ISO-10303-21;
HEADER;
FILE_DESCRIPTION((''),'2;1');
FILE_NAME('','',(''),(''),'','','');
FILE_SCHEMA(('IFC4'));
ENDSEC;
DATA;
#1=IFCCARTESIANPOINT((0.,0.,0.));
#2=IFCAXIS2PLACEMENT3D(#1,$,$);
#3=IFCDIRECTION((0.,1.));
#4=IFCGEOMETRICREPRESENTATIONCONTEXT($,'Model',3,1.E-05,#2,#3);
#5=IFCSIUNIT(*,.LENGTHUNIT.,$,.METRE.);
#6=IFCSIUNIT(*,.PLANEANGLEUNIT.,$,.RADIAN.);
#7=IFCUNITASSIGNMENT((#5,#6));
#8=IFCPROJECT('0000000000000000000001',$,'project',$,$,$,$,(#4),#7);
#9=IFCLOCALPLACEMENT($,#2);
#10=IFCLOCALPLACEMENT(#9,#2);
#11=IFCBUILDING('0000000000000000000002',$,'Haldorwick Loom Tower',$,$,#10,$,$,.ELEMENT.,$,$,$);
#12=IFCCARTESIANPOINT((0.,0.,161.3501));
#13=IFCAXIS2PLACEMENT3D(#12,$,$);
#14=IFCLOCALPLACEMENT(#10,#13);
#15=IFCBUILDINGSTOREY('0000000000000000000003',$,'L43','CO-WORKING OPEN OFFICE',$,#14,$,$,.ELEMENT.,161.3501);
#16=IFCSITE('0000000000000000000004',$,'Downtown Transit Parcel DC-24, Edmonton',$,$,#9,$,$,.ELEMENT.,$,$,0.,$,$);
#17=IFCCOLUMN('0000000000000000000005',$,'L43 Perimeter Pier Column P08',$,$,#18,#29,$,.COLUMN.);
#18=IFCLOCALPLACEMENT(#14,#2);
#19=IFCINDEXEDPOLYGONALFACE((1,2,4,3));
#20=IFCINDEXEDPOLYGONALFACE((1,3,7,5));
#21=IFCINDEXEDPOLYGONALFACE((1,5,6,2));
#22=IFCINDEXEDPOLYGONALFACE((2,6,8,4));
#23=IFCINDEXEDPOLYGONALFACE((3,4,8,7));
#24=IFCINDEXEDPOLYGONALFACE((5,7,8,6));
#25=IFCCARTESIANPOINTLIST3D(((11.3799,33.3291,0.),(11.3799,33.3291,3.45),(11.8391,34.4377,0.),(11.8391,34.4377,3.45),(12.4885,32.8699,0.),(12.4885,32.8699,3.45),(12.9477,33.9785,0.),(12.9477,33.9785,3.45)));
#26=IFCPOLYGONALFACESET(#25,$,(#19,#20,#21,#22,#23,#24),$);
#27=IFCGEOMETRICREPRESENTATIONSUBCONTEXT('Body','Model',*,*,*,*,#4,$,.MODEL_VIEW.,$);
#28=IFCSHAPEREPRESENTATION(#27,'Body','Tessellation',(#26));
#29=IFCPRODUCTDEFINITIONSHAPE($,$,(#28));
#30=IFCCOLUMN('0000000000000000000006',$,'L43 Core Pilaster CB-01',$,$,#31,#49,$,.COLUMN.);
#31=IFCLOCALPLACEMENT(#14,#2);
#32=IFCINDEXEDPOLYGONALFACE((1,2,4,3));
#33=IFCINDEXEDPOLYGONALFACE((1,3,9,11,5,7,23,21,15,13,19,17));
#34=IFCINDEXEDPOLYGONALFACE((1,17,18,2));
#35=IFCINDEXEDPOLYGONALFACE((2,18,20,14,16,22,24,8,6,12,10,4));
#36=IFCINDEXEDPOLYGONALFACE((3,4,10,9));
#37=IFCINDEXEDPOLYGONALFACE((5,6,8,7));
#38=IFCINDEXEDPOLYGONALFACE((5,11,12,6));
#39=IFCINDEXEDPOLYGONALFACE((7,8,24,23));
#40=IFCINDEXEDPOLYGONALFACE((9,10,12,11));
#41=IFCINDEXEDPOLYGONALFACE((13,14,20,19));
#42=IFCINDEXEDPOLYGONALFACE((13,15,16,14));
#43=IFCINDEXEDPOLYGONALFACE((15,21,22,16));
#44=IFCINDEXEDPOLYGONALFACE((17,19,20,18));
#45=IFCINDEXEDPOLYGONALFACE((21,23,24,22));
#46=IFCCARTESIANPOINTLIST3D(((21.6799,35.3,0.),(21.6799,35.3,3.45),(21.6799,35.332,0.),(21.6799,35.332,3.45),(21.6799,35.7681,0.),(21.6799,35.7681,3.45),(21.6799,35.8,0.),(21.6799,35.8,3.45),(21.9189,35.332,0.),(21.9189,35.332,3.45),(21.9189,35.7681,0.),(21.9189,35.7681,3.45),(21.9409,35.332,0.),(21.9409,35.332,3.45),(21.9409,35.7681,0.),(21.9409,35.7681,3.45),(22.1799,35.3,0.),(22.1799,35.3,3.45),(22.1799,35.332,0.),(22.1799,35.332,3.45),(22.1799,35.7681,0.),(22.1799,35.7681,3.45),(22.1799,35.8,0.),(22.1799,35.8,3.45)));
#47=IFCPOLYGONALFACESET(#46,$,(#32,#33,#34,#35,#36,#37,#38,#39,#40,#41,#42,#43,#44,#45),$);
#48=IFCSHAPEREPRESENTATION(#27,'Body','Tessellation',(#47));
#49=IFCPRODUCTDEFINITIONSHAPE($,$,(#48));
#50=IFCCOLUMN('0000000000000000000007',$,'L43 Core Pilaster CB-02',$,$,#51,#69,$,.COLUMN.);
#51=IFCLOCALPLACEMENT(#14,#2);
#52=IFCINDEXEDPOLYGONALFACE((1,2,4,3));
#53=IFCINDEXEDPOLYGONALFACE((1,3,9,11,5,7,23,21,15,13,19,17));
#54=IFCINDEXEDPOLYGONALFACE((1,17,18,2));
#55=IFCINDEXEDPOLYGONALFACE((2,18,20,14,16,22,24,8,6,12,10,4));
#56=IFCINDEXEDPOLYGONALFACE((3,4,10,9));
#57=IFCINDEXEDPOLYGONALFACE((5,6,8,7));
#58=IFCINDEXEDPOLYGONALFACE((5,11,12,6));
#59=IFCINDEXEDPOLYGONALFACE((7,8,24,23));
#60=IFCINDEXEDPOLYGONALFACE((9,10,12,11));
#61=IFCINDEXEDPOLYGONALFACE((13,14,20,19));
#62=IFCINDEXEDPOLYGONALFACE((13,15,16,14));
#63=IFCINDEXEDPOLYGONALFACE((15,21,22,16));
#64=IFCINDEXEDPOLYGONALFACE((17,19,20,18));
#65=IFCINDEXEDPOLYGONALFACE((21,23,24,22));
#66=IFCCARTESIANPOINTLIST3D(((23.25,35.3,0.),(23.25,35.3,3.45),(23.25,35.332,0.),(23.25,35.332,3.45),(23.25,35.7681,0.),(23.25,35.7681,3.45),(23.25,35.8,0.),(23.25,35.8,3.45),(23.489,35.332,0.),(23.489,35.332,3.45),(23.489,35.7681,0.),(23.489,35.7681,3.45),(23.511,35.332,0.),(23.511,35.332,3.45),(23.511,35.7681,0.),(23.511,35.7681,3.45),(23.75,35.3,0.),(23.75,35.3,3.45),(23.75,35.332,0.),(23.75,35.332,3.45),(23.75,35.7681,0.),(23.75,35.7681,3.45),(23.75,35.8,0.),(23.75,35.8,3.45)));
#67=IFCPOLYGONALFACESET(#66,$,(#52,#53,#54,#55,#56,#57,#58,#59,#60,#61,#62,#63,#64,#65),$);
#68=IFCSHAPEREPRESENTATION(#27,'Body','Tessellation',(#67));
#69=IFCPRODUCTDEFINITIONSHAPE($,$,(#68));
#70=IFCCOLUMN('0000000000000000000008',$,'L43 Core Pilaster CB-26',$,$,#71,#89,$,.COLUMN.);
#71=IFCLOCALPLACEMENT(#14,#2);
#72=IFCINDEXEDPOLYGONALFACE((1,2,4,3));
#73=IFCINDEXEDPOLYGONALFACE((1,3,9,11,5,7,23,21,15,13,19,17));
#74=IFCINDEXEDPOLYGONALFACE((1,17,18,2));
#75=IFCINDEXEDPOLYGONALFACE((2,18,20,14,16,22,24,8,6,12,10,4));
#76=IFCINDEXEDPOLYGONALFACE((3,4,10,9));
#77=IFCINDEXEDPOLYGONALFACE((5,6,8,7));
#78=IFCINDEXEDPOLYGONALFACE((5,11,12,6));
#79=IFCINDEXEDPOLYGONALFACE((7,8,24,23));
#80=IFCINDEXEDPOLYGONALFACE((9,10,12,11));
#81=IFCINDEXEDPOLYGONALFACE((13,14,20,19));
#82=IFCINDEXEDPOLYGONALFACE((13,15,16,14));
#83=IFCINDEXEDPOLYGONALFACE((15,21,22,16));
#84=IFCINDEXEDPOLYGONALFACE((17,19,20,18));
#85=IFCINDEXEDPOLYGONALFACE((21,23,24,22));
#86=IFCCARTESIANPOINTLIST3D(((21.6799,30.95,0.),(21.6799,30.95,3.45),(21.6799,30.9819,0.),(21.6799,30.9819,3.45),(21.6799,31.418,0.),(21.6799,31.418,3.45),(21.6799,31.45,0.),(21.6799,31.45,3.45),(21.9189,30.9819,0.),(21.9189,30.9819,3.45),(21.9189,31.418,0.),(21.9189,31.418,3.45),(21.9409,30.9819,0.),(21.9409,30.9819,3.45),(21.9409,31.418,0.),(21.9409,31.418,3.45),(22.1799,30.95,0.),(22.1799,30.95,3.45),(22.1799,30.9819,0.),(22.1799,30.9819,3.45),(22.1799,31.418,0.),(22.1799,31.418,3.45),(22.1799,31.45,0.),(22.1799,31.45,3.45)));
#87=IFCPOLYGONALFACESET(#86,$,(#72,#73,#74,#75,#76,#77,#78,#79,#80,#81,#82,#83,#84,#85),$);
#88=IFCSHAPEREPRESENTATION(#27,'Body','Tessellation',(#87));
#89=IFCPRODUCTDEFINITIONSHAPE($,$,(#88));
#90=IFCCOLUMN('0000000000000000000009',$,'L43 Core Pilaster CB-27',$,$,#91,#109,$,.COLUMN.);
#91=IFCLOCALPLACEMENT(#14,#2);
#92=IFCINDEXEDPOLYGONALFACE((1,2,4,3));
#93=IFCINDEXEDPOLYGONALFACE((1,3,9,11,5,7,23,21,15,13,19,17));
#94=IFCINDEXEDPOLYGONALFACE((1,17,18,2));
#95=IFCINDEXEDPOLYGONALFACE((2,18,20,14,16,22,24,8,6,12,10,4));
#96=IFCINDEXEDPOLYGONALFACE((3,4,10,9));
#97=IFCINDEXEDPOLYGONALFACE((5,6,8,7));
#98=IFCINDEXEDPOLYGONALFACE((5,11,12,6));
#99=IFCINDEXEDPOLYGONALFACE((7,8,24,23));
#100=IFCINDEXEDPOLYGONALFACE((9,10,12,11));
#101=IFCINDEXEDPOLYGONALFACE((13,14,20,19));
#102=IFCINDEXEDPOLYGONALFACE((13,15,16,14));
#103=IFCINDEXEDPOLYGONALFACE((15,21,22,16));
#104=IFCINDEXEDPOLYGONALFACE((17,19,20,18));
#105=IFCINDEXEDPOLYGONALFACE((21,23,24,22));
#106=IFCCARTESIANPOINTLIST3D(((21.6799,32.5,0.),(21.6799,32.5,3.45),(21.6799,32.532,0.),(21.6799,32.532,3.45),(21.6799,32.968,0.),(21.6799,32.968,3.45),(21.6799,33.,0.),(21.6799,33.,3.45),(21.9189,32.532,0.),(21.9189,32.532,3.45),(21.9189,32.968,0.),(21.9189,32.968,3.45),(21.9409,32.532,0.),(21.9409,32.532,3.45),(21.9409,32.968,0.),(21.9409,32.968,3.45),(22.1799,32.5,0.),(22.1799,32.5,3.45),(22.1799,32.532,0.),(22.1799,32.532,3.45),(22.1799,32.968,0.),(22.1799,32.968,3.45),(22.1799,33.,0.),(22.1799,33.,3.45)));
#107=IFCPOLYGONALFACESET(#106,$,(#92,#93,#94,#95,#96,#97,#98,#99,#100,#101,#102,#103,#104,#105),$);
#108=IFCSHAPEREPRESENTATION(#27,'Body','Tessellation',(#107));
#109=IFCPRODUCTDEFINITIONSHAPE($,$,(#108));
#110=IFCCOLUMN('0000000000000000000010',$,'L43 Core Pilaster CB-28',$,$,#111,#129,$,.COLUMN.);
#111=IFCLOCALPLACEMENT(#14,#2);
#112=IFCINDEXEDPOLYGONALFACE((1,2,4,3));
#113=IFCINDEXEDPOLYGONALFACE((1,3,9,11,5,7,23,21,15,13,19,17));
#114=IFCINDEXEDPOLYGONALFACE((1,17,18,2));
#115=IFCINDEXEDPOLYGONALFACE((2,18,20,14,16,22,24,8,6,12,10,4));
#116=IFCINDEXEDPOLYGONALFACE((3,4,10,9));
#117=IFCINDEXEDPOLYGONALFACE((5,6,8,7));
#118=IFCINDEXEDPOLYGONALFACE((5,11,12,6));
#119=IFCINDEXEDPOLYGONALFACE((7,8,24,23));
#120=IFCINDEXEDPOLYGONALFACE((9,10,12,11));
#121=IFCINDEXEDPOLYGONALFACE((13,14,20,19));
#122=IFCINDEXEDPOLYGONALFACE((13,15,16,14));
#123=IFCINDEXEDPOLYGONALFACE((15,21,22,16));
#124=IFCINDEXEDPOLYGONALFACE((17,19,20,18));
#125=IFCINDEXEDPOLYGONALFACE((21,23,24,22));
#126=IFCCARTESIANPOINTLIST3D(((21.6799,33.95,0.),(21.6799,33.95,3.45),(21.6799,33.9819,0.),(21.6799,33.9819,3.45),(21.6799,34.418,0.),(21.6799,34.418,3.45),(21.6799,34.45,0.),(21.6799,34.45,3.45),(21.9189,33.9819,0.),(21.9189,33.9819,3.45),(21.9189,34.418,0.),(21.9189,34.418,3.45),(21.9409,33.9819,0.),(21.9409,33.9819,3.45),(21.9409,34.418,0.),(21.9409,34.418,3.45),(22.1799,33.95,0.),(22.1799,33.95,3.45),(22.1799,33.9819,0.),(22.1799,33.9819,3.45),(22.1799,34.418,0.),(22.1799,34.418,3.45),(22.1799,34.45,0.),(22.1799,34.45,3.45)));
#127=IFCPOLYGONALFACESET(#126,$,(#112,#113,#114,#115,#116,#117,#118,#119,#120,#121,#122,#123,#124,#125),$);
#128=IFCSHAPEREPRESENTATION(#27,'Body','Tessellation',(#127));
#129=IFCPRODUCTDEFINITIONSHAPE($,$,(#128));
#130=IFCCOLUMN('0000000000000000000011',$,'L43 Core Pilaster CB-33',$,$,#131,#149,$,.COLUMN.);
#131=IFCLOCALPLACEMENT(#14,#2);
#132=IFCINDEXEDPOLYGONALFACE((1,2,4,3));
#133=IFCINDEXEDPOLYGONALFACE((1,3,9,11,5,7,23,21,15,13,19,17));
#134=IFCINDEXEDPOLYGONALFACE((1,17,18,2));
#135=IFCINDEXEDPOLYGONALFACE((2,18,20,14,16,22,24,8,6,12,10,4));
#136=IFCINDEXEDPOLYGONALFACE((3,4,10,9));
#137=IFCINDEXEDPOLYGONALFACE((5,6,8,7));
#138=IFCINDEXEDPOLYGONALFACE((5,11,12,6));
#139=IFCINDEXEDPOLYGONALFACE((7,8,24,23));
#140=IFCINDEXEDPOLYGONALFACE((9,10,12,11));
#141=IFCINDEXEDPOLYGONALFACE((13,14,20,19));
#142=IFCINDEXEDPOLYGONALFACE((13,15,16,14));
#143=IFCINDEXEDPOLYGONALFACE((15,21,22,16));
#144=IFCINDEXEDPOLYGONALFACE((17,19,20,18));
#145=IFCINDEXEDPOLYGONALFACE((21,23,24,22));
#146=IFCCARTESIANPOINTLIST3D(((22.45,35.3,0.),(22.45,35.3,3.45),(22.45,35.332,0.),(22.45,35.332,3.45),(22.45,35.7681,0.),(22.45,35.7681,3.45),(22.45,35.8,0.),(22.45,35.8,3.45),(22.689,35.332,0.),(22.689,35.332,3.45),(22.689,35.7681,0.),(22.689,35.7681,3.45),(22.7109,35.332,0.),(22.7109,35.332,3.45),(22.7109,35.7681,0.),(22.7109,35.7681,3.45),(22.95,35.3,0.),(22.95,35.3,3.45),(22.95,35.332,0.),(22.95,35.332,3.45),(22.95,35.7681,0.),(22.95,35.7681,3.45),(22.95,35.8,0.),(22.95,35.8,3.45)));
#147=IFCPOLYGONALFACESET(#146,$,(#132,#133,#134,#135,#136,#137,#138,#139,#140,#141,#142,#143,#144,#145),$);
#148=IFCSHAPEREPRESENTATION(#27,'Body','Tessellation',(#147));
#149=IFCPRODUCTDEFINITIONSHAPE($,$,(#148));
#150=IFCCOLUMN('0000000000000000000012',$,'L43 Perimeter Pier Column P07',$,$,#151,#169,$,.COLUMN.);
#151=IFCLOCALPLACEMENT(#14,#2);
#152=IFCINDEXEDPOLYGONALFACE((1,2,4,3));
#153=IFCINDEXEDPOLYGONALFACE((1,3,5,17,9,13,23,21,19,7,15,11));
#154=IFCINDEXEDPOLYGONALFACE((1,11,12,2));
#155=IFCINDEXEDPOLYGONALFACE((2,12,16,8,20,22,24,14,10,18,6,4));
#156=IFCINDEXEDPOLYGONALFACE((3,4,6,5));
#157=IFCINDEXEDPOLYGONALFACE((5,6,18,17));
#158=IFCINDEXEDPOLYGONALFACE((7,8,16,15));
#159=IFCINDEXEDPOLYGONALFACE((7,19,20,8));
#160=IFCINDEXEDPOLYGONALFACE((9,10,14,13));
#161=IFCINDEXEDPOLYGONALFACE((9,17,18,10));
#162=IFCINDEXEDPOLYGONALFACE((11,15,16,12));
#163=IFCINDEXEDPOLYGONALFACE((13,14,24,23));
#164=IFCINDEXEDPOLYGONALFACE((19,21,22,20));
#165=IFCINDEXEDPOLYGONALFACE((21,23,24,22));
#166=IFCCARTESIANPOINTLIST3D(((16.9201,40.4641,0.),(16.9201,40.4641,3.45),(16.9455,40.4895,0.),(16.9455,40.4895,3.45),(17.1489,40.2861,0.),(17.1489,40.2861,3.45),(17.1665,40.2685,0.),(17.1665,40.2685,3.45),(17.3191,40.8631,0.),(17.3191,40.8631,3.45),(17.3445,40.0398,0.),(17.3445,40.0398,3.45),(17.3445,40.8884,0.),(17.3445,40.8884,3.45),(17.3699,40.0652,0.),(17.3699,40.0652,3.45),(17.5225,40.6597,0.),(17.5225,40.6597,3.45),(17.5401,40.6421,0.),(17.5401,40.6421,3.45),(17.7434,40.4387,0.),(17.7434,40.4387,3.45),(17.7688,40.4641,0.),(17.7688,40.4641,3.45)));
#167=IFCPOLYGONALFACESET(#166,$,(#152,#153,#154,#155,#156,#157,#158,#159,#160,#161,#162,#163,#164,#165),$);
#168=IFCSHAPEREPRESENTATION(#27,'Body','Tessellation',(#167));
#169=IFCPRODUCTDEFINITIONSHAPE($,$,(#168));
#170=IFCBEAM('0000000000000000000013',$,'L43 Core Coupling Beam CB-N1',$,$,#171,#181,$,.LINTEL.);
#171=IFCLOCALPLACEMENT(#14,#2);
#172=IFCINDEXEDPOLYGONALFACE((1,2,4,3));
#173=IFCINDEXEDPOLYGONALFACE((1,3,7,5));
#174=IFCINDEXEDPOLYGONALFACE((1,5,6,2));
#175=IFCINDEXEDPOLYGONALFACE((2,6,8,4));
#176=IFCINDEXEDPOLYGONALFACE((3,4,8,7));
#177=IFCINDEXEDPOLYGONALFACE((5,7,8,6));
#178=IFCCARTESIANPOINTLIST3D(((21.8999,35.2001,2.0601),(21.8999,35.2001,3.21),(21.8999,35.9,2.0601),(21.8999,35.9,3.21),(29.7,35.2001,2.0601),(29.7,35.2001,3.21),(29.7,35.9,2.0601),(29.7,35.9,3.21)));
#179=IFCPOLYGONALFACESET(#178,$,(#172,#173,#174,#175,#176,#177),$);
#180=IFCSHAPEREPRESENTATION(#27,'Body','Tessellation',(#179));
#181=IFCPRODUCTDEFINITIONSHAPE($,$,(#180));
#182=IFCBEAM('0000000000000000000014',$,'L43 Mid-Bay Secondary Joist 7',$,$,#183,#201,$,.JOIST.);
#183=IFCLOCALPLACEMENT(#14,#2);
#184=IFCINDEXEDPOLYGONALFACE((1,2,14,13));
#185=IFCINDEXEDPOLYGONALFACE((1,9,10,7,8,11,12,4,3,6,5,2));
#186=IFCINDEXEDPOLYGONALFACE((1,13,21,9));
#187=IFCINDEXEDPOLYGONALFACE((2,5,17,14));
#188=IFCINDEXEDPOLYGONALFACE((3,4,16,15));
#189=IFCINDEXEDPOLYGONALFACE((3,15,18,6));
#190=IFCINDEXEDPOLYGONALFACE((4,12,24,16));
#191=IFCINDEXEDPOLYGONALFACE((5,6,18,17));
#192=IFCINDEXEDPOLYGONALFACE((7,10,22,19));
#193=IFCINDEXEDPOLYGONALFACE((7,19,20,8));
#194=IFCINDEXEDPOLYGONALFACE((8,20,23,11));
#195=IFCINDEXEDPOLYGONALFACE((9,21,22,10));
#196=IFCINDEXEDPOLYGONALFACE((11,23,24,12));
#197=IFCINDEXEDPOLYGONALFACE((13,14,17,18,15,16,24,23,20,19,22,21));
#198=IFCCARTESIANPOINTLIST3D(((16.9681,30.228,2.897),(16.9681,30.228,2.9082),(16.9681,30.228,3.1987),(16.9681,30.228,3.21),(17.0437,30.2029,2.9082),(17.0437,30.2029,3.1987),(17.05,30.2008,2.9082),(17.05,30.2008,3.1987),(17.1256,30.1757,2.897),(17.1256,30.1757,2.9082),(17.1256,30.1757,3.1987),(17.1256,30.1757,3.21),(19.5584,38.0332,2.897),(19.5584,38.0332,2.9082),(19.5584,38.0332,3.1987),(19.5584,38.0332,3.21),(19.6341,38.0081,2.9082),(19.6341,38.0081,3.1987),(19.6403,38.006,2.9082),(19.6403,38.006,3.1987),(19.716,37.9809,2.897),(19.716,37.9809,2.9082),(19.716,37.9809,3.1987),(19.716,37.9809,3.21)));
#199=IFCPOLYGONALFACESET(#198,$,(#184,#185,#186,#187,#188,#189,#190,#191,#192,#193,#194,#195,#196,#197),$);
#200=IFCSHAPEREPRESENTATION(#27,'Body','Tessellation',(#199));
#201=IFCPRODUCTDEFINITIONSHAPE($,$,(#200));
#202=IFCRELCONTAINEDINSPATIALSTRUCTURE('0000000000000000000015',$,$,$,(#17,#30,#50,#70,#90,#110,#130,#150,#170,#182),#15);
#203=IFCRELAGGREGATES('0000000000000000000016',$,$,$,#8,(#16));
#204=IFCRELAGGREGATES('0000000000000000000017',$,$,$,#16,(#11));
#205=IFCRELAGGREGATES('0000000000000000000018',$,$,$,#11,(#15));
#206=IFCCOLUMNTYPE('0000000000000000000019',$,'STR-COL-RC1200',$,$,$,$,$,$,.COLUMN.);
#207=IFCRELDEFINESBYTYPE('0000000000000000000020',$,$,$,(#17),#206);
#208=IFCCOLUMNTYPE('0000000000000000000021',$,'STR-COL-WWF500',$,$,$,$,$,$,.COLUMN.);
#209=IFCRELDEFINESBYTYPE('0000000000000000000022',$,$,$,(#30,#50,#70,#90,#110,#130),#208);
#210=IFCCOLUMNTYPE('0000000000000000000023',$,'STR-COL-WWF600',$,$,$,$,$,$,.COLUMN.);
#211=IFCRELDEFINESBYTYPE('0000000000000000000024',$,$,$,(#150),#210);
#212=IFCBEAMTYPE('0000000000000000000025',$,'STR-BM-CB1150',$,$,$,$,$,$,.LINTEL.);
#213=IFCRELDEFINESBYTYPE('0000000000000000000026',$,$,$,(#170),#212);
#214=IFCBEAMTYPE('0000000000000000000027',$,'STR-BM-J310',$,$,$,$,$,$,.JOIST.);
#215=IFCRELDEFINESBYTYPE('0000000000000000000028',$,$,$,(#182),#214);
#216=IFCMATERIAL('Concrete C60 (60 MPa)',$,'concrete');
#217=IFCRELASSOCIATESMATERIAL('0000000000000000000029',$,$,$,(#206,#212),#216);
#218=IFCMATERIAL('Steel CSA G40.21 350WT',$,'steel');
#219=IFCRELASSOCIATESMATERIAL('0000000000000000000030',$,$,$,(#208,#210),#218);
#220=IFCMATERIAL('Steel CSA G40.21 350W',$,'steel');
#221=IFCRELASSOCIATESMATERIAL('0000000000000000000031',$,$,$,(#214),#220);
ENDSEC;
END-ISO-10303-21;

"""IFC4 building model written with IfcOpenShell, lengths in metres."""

from ifc_helpers import new_model, si_unit, direction, frame, origin, origin_2d, place, context, subcontext, project, spatial, rectangle, i_section, extrude, material, material_profile, profile_set, type_object, element, save


model = new_model("IFC4")

# Units and contexts
model_context = context("Model", 3, precision=1e-05, world=origin(), true_north=direction((0.0, 1.0)))
body_context = subcontext(model_context, "Body", "Model", "MODEL_VIEW")
ifc_project = project(units=[si_unit("LENGTHUNIT", "METRE"), si_unit("PLANEANGLEUNIT", "RADIAN")], contexts=[model_context])

# Site, building, storey
site_placement = place(None, origin())
site = spatial("IfcSite", under=ifc_project, at=site_placement, Name="Downtown Transit Parcel DC-24, Edmonton", CompositionType="ELEMENT", RefElevation=0.0)
building_placement = place(site_placement, origin())
building = spatial("IfcBuilding", under=site, at=building_placement, Name="Haldorwick Loom Tower", CompositionType="ELEMENT")
storey_placement = place(building_placement, frame((0.0, 0.0, 161.3501)))
storey = spatial("IfcBuildingStorey", under=building, at=storey_placement, Name="L43", Description="CO-WORKING OPEN OFFICE", CompositionType="ELEMENT", Elevation=161.3501)

# Columns
ifc_material_1 = material(Name="Concrete C60 (60 MPa)", Category="concrete")
ifc_material_profile_1 = material_profile(ifc_material_1, rectangle(XDim=1.2, YDim=1.2, at=origin_2d()), Name="RC1200X1200", Category="concrete")
ifc_profile_set_1 = profile_set([ifc_material_profile_1], Name="Concrete C60 (60 MPa)")
column_type_1 = type_object("IfcColumnType", Name="STR-COL-RC1200", PredefinedType="COLUMN", material=ifc_profile_set_1)
column_1_placement = place(storey_placement, frame((12.1638, 33.6538, 0.0), z_axis=(0.0, 0.0, 1.0), x_axis=(-0.92388, 0.382683, 0.0)))
element("IfcColumn", 1, at=column_1_placement, inside=storey, type_object=column_type_1, Name="L43 Perimeter Pier Column P08", PredefinedType="COLUMN", context=body_context, shape_type="SweptSolid", body=[
    extrude(rectangle(XDim=1.2, YDim=1.2, at=origin_2d()), origin(), (0.0, 0.0, 1.0), 3.45),
])
ifc_material_2 = material(Name="Steel CSA G40.21 350WT", Category="steel")
ifc_material_profile_2 = material_profile(ifc_material_2, i_section(OverallWidth=0.5, OverallDepth=0.5, WebThickness=0.022, FlangeThickness=0.032, at=origin_2d()), Name="WWF500X500", Category="steel")
ifc_profile_set_2 = profile_set([ifc_material_profile_2], Name="Steel CSA G40.21 350WT")
column_type_2 = type_object("IfcColumnType", Name="STR-COL-WWF500", PredefinedType="COLUMN", material=ifc_profile_set_2)
for number, where, z_axis, x_axis, name in (
    (2, (21.9299, 35.55, 0.0), (0.0, 0.0, 1.0), (1.0, 0.0, 0.0), "L43 Core Pilaster CB-01"),
    (3, (23.5, 35.55, 0.0), (0.0, 0.0, 1.0), (1.0, 0.0, 0.0), "L43 Core Pilaster CB-02"),
    (4, (21.9299, 31.2, 0.0), (0.0, 0.0, 1.0), (1.0, 0.0, 0.0), "L43 Core Pilaster CB-26"),
    (5, (21.9299, 32.75, 0.0), (0.0, 0.0, 1.0), (1.0, 0.0, 0.0), "L43 Core Pilaster CB-27"),
    (6, (21.9299, 34.2, 0.0), (0.0, 0.0, 1.0), (1.0, 0.0, 0.0), "L43 Core Pilaster CB-28"),
    (7, (22.7, 35.55, 0.0), (0.0, 0.0, 1.0), (1.0, 0.0, 0.0), "L43 Core Pilaster CB-33"),
):
    element("IfcColumn", number, at=place(storey_placement, frame(where, z_axis=z_axis, x_axis=x_axis)), inside=storey, type_object=column_type_2, Name=name, PredefinedType="COLUMN", context=body_context, shape_type="SweptSolid", body=[
        extrude(i_section(OverallWidth=0.5, OverallDepth=0.5, WebThickness=0.022, FlangeThickness=0.032, at=origin_2d()), origin(), (0.0, 0.0, 1.0), 3.45),
    ])
ifc_material_profile_3 = material_profile(ifc_material_2, i_section(OverallWidth=0.6001, OverallDepth=0.6001, WebThickness=0.0249, FlangeThickness=0.0359, at=origin_2d()), Name="WWF600X600", Category="steel")
ifc_profile_set_3 = profile_set([ifc_material_profile_3], Name="Steel CSA G40.21 350WT")
column_type_3 = type_object("IfcColumnType", Name="STR-COL-WWF600", PredefinedType="COLUMN", material=ifc_profile_set_3)
column_2_placement = place(storey_placement, frame((17.3445, 40.4641, 0.0), z_axis=(0.0, 0.0, 1.0), x_axis=(-0.707107, 0.707107, 0.0)))
element("IfcColumn", 8, at=column_2_placement, inside=storey, type_object=column_type_3, Name="L43 Perimeter Pier Column P07", PredefinedType="COLUMN", context=body_context, shape_type="SweptSolid", body=[
    extrude(i_section(OverallWidth=0.6001, OverallDepth=0.6001, WebThickness=0.0249, FlangeThickness=0.0359, at=origin_2d()), origin(), (0.0, 0.0, 1.0), 3.45),
])

# Beams
ifc_material_profile_4 = material_profile(ifc_material_1, rectangle(XDim=0.7, YDim=1.1499, at=origin_2d()), Name="RC700X1150", Category="concrete")
ifc_profile_set_4 = profile_set([ifc_material_profile_4], Name="Concrete C60 (60 MPa)")
beam_type_1 = type_object("IfcBeamType", Name="STR-BM-CB1150", PredefinedType="LINTEL", material=ifc_profile_set_4)
beam_1_placement = place(storey_placement, frame((21.8999, 35.55, 2.635), z_axis=(1.0, 0.0, 0.0), x_axis=(0.0, 1.0, 0.0)))
element("IfcBeam", 9, at=beam_1_placement, inside=storey, type_object=beam_type_1, Name="L43 Core Coupling Beam CB-N1", PredefinedType="LINTEL", context=body_context, shape_type="SweptSolid", body=[
    extrude(rectangle(XDim=0.7, YDim=1.1499, at=origin_2d()), origin(), (0.0, 0.0, 1.0), 7.8),
])
ifc_material_3 = material(Name="Steel CSA G40.21 350W", Category="steel")
ifc_material_profile_5 = material_profile(ifc_material_3, i_section(OverallWidth=0.166, OverallDepth=0.313, WebThickness=0.0066, FlangeThickness=0.0112, at=origin_2d()), Name="W310X45", Category="steel")
ifc_profile_set_5 = profile_set([ifc_material_profile_5], Name="Steel CSA G40.21 350W")
beam_type_2 = type_object("IfcBeamType", Name="STR-BM-J310", PredefinedType="JOIST", material=ifc_profile_set_5)
beam_2_placement = place(storey_placement, frame((19.6372, 38.0071, 3.0535), z_axis=(-0.314981, -0.949098, 0.0), x_axis=(0.949098, -0.314981, 0.0)))
element("IfcBeam", 10, at=beam_2_placement, inside=storey, type_object=beam_type_2, Name="L43 Mid-Bay Secondary Joist 7", PredefinedType="JOIST", context=body_context, shape_type="SweptSolid", body=[
    extrude(i_section(OverallWidth=0.166, OverallDepth=0.313, WebThickness=0.0066, FlangeThickness=0.0112, at=origin_2d()), origin(), (0.0, 0.0, 1.0), 8.2239),
])

save(model, "model.ifc")
